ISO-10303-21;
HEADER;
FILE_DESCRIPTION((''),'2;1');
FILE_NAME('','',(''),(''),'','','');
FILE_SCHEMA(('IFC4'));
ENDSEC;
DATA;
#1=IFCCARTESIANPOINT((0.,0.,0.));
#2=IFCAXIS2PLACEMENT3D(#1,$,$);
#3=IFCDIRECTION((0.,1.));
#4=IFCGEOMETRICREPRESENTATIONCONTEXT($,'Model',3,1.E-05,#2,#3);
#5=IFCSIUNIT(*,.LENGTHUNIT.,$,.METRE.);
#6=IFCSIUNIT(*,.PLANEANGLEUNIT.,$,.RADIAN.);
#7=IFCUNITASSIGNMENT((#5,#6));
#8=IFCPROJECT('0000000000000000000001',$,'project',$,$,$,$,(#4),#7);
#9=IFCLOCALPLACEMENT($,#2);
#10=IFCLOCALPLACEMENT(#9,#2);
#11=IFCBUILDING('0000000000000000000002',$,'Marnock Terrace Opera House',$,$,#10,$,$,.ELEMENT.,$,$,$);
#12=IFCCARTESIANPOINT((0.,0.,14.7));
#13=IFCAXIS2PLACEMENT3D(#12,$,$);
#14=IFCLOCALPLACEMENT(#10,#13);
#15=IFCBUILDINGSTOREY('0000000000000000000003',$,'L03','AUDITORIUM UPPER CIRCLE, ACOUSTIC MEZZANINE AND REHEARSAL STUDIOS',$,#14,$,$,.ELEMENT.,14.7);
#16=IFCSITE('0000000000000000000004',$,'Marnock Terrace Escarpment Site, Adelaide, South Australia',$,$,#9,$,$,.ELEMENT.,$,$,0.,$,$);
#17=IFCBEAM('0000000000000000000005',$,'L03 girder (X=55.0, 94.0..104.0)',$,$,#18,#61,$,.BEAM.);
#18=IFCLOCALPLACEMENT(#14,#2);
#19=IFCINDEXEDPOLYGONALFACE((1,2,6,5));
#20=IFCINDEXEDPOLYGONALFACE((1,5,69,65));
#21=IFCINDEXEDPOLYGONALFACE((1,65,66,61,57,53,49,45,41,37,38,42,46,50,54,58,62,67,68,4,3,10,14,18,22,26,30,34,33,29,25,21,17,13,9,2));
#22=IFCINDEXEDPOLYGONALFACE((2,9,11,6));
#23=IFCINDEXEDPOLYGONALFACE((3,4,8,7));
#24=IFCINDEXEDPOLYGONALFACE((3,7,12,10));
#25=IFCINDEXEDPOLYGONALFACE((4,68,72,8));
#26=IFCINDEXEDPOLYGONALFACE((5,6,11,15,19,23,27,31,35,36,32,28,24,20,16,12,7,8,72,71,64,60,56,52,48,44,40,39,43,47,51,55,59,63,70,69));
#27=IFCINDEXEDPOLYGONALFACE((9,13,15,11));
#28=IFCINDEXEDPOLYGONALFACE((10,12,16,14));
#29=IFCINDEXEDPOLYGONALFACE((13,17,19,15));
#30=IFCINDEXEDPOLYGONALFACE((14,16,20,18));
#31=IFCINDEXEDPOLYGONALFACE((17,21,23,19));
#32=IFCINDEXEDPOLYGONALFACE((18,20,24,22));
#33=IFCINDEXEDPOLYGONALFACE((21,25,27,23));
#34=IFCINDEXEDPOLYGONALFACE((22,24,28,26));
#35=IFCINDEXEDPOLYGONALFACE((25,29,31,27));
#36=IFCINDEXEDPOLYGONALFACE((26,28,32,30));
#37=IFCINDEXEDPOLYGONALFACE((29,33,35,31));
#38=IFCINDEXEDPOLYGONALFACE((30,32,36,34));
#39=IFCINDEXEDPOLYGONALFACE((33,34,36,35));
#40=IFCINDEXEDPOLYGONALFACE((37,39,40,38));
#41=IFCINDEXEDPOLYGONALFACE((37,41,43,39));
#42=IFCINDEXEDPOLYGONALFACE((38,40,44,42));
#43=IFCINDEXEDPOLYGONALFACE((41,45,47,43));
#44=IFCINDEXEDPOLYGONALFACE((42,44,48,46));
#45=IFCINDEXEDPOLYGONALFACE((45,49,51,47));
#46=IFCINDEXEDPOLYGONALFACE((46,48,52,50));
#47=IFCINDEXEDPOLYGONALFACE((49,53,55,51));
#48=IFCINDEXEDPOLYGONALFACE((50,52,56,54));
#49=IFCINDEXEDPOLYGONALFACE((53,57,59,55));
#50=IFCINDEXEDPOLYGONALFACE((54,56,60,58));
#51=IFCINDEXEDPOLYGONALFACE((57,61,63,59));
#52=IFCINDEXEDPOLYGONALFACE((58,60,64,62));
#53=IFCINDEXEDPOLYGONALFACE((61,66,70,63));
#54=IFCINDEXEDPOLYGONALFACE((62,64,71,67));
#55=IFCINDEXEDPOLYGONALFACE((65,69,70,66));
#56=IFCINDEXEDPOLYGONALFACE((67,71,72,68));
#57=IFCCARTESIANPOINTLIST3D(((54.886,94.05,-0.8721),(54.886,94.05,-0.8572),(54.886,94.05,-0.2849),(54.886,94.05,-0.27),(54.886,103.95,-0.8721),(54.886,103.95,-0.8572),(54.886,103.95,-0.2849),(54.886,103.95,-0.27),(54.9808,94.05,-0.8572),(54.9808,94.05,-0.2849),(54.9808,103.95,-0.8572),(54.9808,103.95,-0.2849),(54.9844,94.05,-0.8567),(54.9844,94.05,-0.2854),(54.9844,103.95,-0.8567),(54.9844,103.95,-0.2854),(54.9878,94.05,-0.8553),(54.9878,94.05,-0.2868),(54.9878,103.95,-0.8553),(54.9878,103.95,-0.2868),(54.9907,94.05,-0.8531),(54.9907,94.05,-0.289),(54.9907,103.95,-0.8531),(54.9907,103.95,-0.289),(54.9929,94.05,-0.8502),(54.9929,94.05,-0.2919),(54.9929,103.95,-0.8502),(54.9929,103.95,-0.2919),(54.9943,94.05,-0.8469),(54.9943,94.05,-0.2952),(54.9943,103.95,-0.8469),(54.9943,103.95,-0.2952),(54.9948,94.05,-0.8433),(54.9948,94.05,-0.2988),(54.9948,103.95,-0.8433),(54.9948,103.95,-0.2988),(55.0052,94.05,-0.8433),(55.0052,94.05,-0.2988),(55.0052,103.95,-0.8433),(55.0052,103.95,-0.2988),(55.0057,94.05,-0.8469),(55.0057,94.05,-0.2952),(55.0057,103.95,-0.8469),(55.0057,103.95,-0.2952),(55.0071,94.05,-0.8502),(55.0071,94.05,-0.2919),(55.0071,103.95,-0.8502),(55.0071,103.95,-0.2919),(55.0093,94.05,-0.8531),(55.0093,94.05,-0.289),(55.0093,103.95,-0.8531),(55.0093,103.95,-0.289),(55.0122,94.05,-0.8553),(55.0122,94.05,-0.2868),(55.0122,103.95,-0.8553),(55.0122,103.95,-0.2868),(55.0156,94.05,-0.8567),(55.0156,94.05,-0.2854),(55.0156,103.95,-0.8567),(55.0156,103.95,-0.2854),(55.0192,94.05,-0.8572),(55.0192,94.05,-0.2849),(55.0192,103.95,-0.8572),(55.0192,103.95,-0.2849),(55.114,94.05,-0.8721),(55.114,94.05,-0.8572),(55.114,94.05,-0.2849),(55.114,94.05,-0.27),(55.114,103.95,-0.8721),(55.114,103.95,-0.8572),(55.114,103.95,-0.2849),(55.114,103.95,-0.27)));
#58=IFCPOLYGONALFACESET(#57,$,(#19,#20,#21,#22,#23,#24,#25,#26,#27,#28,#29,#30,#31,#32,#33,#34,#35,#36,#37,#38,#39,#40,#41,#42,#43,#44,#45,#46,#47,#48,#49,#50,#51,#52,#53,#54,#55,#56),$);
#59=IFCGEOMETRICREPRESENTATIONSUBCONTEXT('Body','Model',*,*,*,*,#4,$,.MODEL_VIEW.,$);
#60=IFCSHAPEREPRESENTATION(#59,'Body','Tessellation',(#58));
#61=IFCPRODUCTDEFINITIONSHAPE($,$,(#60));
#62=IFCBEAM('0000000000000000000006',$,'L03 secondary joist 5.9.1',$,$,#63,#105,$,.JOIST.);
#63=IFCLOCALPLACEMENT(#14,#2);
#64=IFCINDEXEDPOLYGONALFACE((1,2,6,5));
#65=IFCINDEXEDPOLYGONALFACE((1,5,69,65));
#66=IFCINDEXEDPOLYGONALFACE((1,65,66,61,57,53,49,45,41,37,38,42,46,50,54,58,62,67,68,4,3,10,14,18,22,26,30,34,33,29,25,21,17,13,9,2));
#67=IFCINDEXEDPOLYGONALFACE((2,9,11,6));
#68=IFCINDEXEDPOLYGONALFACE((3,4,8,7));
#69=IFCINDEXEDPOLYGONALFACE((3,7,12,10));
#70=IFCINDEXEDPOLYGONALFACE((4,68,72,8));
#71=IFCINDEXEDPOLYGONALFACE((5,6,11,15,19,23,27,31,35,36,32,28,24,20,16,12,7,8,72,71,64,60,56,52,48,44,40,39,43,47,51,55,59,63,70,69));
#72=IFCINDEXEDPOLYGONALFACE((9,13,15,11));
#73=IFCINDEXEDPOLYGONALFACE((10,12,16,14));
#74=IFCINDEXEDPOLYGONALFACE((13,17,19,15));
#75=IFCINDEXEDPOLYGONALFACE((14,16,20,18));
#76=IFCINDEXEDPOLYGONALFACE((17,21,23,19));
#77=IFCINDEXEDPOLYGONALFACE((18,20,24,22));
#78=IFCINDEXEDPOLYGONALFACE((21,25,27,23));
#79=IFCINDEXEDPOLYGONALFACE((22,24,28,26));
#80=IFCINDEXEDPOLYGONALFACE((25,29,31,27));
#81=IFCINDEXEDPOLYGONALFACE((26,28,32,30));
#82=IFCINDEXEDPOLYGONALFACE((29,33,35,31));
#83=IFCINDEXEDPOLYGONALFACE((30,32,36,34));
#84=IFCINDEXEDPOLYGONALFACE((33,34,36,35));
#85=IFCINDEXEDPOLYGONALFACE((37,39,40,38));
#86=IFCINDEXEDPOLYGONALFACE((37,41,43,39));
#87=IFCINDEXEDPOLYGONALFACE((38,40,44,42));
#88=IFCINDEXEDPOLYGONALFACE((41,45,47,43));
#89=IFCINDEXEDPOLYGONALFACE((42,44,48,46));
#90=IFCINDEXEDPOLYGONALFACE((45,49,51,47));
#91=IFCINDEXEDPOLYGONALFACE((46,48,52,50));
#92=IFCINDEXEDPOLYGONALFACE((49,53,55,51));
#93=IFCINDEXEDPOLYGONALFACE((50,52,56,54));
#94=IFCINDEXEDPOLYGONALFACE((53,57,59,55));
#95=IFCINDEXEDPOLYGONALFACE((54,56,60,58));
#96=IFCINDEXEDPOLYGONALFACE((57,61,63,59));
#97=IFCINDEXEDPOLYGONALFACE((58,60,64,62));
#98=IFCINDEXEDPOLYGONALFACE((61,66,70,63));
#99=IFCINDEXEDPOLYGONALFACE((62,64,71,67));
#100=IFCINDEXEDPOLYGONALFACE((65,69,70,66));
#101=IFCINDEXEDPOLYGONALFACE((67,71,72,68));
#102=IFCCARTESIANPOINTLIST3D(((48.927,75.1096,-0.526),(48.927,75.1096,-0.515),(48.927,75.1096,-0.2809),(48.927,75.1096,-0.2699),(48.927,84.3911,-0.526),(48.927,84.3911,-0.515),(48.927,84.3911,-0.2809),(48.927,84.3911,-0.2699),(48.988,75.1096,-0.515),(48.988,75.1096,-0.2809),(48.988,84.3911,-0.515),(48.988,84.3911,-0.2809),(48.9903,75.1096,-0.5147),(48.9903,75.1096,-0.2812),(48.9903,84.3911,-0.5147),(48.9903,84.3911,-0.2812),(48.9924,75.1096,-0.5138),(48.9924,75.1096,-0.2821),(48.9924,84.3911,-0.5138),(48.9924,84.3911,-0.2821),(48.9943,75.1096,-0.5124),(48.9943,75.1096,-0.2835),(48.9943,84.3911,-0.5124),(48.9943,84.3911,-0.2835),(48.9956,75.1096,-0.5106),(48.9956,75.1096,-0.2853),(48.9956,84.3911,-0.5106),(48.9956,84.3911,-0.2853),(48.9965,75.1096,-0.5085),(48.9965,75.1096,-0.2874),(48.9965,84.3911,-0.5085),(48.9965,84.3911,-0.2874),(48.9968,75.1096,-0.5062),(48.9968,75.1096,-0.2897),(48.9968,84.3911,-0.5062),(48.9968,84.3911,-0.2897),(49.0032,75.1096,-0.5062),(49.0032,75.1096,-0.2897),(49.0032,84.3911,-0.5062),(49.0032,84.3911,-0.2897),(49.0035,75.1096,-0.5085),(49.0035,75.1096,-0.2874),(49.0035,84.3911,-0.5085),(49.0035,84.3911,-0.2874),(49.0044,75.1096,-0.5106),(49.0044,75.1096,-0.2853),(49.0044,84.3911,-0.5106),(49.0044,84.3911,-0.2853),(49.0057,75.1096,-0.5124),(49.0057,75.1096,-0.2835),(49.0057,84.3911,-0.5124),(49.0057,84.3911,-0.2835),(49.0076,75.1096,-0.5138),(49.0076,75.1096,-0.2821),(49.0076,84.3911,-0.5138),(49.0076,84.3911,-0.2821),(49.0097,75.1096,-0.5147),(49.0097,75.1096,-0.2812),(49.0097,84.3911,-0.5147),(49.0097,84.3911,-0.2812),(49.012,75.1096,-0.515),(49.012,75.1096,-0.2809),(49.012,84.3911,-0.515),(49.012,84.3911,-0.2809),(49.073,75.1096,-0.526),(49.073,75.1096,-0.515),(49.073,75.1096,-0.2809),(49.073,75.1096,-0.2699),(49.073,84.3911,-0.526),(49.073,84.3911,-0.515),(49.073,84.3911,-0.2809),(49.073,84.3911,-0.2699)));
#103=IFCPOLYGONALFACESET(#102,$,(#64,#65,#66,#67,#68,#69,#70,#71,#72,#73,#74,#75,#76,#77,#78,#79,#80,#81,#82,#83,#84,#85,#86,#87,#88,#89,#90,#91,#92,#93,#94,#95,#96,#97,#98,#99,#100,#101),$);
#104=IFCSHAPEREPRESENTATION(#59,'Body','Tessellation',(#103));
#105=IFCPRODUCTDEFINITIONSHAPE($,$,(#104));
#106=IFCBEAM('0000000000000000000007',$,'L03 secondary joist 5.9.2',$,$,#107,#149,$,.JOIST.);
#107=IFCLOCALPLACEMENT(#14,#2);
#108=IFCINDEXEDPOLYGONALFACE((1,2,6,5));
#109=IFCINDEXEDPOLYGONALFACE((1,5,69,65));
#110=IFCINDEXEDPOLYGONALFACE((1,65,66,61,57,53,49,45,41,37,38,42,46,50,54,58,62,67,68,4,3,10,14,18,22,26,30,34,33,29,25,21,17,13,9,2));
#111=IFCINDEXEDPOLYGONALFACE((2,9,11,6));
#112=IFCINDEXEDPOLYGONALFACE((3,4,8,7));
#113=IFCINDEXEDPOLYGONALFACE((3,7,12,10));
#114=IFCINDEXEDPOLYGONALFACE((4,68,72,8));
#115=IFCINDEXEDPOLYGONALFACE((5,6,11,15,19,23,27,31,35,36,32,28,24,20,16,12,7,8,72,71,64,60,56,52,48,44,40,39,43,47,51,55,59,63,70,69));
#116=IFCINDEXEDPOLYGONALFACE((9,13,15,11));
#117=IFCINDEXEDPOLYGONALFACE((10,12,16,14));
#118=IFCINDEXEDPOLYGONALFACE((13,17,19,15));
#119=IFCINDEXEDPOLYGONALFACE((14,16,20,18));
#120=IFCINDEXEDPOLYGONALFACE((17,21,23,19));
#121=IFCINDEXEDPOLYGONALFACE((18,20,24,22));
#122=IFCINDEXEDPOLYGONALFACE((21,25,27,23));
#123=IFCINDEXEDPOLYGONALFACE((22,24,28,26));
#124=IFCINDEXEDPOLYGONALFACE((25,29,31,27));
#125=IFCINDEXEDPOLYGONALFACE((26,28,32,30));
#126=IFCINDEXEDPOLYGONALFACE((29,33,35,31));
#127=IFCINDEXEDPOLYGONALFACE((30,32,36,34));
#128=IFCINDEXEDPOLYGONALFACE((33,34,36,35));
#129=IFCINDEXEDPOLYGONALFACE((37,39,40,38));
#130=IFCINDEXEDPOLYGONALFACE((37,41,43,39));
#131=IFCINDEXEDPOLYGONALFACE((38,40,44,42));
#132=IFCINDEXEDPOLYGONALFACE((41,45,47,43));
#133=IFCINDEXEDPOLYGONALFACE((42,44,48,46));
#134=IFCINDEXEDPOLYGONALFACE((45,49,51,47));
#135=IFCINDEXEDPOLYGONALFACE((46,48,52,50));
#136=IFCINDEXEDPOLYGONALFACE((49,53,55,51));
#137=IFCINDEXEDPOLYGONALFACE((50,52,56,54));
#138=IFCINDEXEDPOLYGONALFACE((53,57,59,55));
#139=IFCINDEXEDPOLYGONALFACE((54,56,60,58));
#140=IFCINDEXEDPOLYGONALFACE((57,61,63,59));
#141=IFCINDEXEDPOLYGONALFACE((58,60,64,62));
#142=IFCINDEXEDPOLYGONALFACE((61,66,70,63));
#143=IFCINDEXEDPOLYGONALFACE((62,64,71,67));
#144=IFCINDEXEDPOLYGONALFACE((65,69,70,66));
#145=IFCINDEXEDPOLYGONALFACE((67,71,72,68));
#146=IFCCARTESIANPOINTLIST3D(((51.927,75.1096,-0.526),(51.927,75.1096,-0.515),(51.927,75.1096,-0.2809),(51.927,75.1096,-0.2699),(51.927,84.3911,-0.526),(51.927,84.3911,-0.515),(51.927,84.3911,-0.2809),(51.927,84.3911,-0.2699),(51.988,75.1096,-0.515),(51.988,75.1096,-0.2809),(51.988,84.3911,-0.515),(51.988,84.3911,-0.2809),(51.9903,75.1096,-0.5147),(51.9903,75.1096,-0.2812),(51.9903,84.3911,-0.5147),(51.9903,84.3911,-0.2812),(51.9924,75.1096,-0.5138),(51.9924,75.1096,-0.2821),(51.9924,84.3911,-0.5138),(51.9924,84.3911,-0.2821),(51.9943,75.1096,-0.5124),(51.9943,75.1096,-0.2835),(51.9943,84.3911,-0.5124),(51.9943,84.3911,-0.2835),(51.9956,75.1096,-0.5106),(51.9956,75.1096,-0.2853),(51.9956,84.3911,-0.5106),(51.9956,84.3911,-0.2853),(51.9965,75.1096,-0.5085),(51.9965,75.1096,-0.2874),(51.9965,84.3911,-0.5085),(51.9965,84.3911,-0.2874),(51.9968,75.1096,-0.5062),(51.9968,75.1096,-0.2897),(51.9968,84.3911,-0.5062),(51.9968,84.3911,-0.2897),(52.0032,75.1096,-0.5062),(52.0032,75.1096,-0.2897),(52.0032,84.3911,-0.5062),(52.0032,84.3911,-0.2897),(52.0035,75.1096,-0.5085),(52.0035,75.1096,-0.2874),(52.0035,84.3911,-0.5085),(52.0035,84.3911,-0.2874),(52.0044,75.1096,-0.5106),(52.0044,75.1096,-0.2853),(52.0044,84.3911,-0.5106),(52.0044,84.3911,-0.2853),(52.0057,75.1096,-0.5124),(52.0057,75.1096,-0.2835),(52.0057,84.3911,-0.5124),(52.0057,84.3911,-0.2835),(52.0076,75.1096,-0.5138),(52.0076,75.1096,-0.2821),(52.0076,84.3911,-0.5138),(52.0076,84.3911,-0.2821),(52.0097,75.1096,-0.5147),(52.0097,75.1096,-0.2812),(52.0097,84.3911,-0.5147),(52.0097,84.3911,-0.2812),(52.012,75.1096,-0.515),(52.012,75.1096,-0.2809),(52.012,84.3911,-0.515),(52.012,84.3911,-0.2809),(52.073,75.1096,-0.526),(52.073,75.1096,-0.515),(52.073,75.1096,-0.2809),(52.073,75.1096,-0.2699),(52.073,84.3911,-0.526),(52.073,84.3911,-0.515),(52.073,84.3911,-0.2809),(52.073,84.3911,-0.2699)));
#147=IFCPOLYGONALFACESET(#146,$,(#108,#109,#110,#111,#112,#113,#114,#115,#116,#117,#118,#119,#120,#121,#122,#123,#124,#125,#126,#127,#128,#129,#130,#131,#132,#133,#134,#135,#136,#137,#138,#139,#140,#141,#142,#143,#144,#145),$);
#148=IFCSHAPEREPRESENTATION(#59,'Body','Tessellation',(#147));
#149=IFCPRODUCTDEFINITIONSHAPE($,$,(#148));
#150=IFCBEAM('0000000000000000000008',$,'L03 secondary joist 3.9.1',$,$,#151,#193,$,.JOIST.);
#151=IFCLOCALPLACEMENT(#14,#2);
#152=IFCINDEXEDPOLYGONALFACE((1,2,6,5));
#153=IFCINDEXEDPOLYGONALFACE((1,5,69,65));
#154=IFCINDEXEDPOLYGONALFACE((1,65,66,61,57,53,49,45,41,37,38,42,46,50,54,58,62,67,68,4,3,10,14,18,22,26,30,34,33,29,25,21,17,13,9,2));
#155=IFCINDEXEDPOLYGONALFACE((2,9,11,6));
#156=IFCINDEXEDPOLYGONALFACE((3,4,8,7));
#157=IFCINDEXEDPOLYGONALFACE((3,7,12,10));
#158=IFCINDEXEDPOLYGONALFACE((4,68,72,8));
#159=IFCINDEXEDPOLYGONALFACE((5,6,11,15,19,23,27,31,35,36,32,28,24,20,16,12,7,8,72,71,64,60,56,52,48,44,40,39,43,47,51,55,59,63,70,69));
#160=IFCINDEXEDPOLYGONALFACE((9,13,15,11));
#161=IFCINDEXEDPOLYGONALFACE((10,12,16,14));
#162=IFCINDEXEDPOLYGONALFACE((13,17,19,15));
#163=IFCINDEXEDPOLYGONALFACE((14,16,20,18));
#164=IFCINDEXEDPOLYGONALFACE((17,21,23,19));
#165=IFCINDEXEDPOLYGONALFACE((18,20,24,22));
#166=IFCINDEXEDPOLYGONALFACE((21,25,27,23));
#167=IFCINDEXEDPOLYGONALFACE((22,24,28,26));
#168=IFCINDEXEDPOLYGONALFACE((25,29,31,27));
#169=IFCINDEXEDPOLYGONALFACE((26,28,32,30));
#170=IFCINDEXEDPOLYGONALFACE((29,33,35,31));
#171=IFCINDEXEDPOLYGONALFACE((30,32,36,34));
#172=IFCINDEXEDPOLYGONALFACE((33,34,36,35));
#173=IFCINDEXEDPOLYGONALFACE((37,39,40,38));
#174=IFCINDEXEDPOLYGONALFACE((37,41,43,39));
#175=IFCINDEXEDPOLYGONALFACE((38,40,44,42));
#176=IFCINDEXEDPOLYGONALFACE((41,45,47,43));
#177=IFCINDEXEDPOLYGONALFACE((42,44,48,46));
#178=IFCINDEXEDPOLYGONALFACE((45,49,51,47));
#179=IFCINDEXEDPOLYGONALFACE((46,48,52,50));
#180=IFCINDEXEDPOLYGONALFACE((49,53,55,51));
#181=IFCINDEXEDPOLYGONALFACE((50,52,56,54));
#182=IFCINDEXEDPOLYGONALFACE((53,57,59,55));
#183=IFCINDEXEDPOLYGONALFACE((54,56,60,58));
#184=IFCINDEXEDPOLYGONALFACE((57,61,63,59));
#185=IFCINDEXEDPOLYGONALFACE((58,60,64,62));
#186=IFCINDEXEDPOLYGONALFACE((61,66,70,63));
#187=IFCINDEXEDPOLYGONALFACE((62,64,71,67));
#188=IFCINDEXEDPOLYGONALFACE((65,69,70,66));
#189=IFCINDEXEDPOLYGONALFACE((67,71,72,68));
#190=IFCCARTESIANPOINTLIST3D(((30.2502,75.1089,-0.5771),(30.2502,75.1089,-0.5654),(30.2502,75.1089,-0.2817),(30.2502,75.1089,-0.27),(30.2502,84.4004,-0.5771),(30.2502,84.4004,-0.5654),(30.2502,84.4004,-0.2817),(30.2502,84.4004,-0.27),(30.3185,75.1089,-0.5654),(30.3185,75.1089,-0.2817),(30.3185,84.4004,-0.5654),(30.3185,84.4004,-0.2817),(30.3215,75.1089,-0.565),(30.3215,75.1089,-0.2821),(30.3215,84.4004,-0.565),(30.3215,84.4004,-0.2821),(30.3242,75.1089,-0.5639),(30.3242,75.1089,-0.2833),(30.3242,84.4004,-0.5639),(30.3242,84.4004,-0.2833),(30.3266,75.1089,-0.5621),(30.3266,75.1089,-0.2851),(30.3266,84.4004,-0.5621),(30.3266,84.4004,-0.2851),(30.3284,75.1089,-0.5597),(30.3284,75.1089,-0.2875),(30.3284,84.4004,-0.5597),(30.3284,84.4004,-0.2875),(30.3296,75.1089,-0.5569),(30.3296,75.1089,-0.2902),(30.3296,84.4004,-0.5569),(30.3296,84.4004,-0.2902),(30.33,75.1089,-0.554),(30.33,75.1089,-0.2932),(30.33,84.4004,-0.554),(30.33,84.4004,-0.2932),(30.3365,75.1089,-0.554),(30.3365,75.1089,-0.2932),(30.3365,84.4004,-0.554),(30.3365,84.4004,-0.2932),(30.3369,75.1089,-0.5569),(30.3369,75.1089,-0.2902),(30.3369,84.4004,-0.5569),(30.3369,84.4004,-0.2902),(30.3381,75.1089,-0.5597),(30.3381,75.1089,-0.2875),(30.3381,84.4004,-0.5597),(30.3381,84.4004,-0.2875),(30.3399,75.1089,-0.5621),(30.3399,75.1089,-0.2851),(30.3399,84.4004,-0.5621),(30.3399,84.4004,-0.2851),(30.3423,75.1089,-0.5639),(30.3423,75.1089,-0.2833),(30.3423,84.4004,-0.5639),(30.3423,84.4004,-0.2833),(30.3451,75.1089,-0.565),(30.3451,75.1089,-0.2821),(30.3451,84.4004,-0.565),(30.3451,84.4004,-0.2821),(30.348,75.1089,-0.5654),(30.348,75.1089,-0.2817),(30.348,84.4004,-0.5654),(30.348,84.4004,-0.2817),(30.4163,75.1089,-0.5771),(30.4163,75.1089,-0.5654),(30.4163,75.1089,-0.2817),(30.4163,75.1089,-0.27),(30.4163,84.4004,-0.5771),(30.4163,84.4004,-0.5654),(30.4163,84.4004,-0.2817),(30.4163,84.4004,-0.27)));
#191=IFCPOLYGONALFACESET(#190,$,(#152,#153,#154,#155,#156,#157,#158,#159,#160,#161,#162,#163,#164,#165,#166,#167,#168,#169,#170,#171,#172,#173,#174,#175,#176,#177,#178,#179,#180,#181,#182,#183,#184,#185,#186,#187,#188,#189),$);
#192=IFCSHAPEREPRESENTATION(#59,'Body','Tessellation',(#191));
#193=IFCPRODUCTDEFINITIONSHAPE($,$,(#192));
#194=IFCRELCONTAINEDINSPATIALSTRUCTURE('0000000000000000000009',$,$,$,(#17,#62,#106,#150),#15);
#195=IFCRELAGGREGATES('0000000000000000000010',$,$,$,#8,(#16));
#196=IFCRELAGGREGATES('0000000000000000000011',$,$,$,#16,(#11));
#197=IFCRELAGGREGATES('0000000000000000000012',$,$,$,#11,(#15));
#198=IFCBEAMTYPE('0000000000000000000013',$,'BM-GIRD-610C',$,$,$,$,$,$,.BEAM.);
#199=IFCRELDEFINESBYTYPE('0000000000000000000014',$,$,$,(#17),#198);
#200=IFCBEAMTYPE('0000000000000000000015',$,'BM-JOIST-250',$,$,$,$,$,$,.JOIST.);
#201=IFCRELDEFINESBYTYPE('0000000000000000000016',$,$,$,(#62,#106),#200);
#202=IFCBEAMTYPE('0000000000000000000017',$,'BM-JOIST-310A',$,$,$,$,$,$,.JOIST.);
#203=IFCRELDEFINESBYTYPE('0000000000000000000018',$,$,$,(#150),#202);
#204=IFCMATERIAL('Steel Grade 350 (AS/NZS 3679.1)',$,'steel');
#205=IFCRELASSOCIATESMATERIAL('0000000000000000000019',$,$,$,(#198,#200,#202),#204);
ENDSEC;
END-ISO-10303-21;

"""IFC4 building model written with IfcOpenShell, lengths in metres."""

from ifc_helpers import new_model, si_unit, direction, frame, origin, origin_2d, place, context, subcontext, project, spatial, i_section, extrude, material, material_profile, profile_set, type_object, element, save


model = new_model("IFC4")

# Units and contexts
model_context = context("Model", 3, precision=1e-05, world=origin(), true_north=direction((0.0, 1.0)))
body_context = subcontext(model_context, "Body", "Model", "MODEL_VIEW")
ifc_project = project(units=[si_unit("LENGTHUNIT", "METRE"), si_unit("PLANEANGLEUNIT", "RADIAN")], contexts=[model_context])

# Site, building, storey
site_placement = place(None, origin())
site = spatial("IfcSite", under=ifc_project, at=site_placement, Name="Marnock Terrace Escarpment Site, Adelaide, South Australia", CompositionType="ELEMENT", RefElevation=0.0)
building_placement = place(site_placement, origin())
building = spatial("IfcBuilding", under=site, at=building_placement, Name="Marnock Terrace Opera House", CompositionType="ELEMENT")
storey_placement = place(building_placement, frame((0.0, 0.0, 14.7)))
storey = spatial("IfcBuildingStorey", under=building, at=storey_placement, Name="L03", Description="AUDITORIUM UPPER CIRCLE, ACOUSTIC MEZZANINE AND REHEARSAL STUDIOS", CompositionType="ELEMENT", Elevation=14.7)

# Beams
ifc_material_1 = material(Name="Steel Grade 350 (AS/NZS 3679.1)", Category="steel")
ifc_material_profile_1 = material_profile(ifc_material_1, i_section(OverallWidth=0.228, OverallDepth=0.6021, WebThickness=0.0105, FlangeThickness=0.0149, FilletRadius=0.0139, at=origin_2d()))
ifc_profile_set_1 = profile_set([ifc_material_profile_1], Name="Steel Grade 350 (AS/NZS 3679.1)")
beam_type_1 = type_object("IfcBeamType", Name="BM-GIRD-610C", PredefinedType="BEAM", material=ifc_profile_set_1)
beam_1_placement = place(storey_placement, frame((55.0, 94.05, -0.571), z_axis=(0.0, 1.0, 0.0), x_axis=(-1.0, 0.0, 0.0)))
element("IfcBeam", 1, at=beam_1_placement, inside=storey, type_object=beam_type_1, Name="L03 girder (X=55.0, 94.0..104.0)", PredefinedType="BEAM", context=body_context, shape_type="SweptSolid", body=[
    extrude(i_section(OverallWidth=0.228, OverallDepth=0.6021, WebThickness=0.0105, FlangeThickness=0.0149, FilletRadius=0.0139, at=origin_2d()), origin(), (0.0, 0.0, 1.0), 9.8999),
])
ifc_material_profile_2 = material_profile(ifc_material_1, i_section(OverallWidth=0.146, OverallDepth=0.2561, WebThickness=0.0063, FlangeThickness=0.011, FilletRadius=0.0088, at=origin_2d()))
ifc_profile_set_2 = profile_set([ifc_material_profile_2], Name="Steel Grade 350 (AS/NZS 3679.1)")
beam_type_2 = type_object("IfcBeamType", Name="BM-JOIST-250", PredefinedType="JOIST", material=ifc_profile_set_2)
for number, where, z_axis, x_axis, name in (
    (2, (49.0, 75.1096, -0.3979), (0.0, 1.0, 0.0), (-1.0, 0.0, 0.0), "L03 secondary joist 5.9.1"),
    (3, (52.0, 75.1096, -0.3979), (0.0, 1.0, 0.0), (-1.0, 0.0, 0.0), "L03 secondary joist 5.9.2"),
):
    element("IfcBeam", number, at=place(storey_placement, frame(where, z_axis=z_axis, x_axis=x_axis)), inside=storey, type_object=beam_type_2, Name=name, PredefinedType="JOIST", context=body_context, shape_type="SweptSolid", body=[
        extrude(i_section(OverallWidth=0.146, OverallDepth=0.2561, WebThickness=0.0063, FlangeThickness=0.011, FilletRadius=0.0088, at=origin_2d()), origin(), (0.0, 0.0, 1.0), 9.2815),
    ])
ifc_material_profile_3 = material_profile(ifc_material_1, i_section(OverallWidth=0.166, OverallDepth=0.3071, WebThickness=0.0066, FlangeThickness=0.0117, FilletRadius=0.0115, at=origin_2d()))
ifc_profile_set_3 = profile_set([ifc_material_profile_3], Name="Steel Grade 350 (AS/NZS 3679.1)")
beam_type_3 = type_object("IfcBeamType", Name="BM-JOIST-310A", PredefinedType="JOIST", material=ifc_profile_set_3)
for number, where, z_axis, x_axis, name in (
    (4, (30.3333, 75.1089, -0.4236), (0.0, 1.0, 0.0), (-1.0, 0.0, 0.0), "L03 secondary joist 3.9.1"),
):
    element("IfcBeam", number, at=place(storey_placement, frame(where, z_axis=z_axis, x_axis=x_axis)), inside=storey, type_object=beam_type_3, Name=name, PredefinedType="JOIST", context=body_context, shape_type="SweptSolid", body=[
        extrude(i_section(OverallWidth=0.166, OverallDepth=0.3071, WebThickness=0.0066, FlangeThickness=0.0117, FilletRadius=0.0115, at=origin_2d()), origin(), (0.0, 0.0, 1.0), 9.2915),
    ])

save(model, "model.ifc")
